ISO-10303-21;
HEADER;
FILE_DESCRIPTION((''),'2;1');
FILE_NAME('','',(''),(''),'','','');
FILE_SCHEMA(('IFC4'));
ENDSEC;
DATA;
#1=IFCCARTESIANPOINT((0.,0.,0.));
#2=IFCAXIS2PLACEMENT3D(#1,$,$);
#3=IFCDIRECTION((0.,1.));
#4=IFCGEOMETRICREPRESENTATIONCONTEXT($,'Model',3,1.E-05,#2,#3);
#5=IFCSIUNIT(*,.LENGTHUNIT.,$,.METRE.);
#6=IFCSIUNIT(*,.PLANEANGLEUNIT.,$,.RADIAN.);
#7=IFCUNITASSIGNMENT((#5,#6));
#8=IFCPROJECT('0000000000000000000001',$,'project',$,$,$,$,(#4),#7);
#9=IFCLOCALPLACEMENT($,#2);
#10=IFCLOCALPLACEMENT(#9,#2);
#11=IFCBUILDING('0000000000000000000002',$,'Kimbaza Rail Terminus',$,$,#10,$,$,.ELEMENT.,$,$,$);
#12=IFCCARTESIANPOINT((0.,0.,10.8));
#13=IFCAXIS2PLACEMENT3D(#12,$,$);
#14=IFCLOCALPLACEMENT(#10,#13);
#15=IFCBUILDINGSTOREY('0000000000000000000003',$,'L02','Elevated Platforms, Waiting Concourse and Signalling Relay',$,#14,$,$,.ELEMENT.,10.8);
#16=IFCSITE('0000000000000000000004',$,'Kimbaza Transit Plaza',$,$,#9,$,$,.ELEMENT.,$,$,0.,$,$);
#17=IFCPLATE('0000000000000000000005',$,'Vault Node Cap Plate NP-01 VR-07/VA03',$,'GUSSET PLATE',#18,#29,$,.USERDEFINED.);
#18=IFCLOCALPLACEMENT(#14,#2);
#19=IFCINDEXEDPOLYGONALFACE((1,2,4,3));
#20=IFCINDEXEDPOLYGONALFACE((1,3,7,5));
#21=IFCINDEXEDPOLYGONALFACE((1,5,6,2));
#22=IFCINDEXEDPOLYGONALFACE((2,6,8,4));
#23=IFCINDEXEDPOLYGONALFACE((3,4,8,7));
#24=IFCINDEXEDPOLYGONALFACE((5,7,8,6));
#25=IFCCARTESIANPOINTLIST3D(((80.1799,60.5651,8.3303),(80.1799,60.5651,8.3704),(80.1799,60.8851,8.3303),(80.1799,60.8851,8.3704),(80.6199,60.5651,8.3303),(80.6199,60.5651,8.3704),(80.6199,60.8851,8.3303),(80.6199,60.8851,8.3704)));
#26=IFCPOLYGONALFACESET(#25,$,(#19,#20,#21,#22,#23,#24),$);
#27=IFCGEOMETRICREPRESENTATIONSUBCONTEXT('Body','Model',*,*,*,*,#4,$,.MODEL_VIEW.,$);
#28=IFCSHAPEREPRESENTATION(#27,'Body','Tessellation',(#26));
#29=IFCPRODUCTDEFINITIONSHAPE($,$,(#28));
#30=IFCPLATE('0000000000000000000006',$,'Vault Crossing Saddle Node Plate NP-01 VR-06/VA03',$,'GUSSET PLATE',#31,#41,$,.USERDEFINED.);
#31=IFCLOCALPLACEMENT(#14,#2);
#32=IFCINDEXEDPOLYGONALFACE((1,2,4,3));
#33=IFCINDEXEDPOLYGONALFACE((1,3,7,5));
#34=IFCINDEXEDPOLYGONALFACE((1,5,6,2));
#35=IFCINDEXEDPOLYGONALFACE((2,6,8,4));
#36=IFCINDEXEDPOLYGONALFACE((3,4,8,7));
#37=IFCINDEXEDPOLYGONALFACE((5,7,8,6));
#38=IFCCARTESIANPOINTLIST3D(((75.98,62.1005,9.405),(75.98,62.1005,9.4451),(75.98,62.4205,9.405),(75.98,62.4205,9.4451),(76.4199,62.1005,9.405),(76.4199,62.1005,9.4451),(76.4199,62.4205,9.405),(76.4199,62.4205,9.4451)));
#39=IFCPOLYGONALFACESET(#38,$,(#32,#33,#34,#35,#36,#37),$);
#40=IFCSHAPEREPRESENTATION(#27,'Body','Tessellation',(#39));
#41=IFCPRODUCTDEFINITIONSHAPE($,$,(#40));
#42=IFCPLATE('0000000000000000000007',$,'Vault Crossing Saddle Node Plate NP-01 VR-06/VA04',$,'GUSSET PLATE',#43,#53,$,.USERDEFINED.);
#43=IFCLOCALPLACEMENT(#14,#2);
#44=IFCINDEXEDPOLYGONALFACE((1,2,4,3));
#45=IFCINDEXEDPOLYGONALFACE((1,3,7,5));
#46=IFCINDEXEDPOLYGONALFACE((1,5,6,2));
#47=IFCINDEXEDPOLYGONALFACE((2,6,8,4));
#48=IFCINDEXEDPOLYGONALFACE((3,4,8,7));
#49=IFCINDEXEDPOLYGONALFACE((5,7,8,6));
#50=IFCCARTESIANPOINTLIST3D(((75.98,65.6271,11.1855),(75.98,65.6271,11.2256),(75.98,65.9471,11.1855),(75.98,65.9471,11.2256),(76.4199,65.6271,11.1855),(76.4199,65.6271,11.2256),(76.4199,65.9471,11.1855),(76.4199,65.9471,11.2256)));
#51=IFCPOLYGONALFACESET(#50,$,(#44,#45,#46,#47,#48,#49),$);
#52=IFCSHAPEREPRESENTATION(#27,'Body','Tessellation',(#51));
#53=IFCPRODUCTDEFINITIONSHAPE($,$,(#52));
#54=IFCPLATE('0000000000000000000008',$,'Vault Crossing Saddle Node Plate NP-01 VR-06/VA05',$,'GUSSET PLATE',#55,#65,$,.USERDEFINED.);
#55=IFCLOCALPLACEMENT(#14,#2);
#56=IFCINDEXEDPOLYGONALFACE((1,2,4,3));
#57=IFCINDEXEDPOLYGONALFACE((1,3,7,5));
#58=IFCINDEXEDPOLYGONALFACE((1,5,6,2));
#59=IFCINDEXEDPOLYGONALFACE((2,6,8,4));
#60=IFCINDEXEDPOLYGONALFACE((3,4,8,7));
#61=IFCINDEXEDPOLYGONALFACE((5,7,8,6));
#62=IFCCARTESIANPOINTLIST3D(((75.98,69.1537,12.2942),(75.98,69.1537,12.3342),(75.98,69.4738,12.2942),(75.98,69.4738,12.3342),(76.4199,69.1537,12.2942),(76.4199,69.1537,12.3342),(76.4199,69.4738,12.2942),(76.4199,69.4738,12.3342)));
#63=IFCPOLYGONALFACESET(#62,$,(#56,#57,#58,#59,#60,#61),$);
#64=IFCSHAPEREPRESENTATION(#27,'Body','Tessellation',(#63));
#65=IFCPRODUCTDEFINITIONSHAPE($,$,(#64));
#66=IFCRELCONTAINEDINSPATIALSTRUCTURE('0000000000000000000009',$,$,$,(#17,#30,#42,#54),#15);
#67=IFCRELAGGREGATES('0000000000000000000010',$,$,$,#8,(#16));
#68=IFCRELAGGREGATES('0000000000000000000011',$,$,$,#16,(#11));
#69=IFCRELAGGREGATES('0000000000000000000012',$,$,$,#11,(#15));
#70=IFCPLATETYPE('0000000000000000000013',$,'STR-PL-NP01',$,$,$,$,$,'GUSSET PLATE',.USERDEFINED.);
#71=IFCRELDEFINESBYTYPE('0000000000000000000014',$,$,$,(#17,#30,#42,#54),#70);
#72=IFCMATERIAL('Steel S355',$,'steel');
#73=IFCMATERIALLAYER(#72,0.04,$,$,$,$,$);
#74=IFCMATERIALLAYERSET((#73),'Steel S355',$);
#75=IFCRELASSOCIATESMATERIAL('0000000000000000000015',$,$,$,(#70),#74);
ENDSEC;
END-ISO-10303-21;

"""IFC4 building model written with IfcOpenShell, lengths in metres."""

from ifc_helpers import new_model, si_unit, direction, frame, origin, origin_2d, place, context, subcontext, project, spatial, rectangle, extrude, material, layer, layer_set, type_object, element, save


model = new_model("IFC4")

# Units and contexts
model_context = context("Model", 3, precision=1e-05, world=origin(), true_north=direction((0.0, 1.0)))
body_context = subcontext(model_context, "Body", "Model", "MODEL_VIEW")
ifc_project = project(units=[si_unit("LENGTHUNIT", "METRE"), si_unit("PLANEANGLEUNIT", "RADIAN")], contexts=[model_context])

# Site, building, storey
site_placement = place(None, origin())
site = spatial("IfcSite", under=ifc_project, at=site_placement, Name="Kimbaza Transit Plaza", CompositionType="ELEMENT", RefElevation=0.0)
building_placement = place(site_placement, origin())
building = spatial("IfcBuilding", under=site, at=building_placement, Name="Kimbaza Rail Terminus", CompositionType="ELEMENT")
storey_placement = place(building_placement, frame((0.0, 0.0, 10.8)))
storey = spatial("IfcBuildingStorey", under=building, at=storey_placement, Name="L02", Description="Elevated Platforms, Waiting Concourse and Signalling Relay", CompositionType="ELEMENT", Elevation=10.8)

# Plates
ifc_material_1 = material(Name="Steel S355", Category="steel")
ifc_layer_1 = layer(ifc_material_1, 0.04)
ifc_layer_set_1 = layer_set([ifc_layer_1], Name="Steel S355")
plate_type_1 = type_object("IfcPlateType", Name="STR-PL-NP01", ElementType="GUSSET PLATE", PredefinedType="USERDEFINED", material=ifc_layer_set_1)
for number, where, z_axis, x_axis, name in (
    (1, (80.3999, 60.7251, 8.3303), (0.0, 0.0, 1.0), (1.0, 0.0, 0.0), "Vault Node Cap Plate NP-01 VR-07/VA03"),
    (2, (76.2, 62.2605, 9.405), (0.0, 0.0, 1.0), (1.0, 0.0, 0.0), "Vault Crossing Saddle Node Plate NP-01 VR-06/VA03"),
    (3, (76.2, 65.7871, 11.1855), (0.0, 0.0, 1.0), (1.0, 0.0, 0.0), "Vault Crossing Saddle Node Plate NP-01 VR-06/VA04"),
    (4, (76.2, 69.3137, 12.2942), (0.0, 0.0, 1.0), (1.0, 0.0, 0.0), "Vault Crossing Saddle Node Plate NP-01 VR-06/VA05"),
):
    element("IfcPlate", number, at=place(storey_placement, frame(where, z_axis=z_axis, x_axis=x_axis)), inside=storey, type_object=plate_type_1, Name=name, ObjectType="GUSSET PLATE", PredefinedType="USERDEFINED", context=body_context, shape_type="SweptSolid", body=[
        extrude(rectangle(XDim=0.4399, YDim=0.3201, at=origin_2d()), origin(), (0.0, 0.0, 1.0), 0.04),
    ])

save(model, "model.ifc")
